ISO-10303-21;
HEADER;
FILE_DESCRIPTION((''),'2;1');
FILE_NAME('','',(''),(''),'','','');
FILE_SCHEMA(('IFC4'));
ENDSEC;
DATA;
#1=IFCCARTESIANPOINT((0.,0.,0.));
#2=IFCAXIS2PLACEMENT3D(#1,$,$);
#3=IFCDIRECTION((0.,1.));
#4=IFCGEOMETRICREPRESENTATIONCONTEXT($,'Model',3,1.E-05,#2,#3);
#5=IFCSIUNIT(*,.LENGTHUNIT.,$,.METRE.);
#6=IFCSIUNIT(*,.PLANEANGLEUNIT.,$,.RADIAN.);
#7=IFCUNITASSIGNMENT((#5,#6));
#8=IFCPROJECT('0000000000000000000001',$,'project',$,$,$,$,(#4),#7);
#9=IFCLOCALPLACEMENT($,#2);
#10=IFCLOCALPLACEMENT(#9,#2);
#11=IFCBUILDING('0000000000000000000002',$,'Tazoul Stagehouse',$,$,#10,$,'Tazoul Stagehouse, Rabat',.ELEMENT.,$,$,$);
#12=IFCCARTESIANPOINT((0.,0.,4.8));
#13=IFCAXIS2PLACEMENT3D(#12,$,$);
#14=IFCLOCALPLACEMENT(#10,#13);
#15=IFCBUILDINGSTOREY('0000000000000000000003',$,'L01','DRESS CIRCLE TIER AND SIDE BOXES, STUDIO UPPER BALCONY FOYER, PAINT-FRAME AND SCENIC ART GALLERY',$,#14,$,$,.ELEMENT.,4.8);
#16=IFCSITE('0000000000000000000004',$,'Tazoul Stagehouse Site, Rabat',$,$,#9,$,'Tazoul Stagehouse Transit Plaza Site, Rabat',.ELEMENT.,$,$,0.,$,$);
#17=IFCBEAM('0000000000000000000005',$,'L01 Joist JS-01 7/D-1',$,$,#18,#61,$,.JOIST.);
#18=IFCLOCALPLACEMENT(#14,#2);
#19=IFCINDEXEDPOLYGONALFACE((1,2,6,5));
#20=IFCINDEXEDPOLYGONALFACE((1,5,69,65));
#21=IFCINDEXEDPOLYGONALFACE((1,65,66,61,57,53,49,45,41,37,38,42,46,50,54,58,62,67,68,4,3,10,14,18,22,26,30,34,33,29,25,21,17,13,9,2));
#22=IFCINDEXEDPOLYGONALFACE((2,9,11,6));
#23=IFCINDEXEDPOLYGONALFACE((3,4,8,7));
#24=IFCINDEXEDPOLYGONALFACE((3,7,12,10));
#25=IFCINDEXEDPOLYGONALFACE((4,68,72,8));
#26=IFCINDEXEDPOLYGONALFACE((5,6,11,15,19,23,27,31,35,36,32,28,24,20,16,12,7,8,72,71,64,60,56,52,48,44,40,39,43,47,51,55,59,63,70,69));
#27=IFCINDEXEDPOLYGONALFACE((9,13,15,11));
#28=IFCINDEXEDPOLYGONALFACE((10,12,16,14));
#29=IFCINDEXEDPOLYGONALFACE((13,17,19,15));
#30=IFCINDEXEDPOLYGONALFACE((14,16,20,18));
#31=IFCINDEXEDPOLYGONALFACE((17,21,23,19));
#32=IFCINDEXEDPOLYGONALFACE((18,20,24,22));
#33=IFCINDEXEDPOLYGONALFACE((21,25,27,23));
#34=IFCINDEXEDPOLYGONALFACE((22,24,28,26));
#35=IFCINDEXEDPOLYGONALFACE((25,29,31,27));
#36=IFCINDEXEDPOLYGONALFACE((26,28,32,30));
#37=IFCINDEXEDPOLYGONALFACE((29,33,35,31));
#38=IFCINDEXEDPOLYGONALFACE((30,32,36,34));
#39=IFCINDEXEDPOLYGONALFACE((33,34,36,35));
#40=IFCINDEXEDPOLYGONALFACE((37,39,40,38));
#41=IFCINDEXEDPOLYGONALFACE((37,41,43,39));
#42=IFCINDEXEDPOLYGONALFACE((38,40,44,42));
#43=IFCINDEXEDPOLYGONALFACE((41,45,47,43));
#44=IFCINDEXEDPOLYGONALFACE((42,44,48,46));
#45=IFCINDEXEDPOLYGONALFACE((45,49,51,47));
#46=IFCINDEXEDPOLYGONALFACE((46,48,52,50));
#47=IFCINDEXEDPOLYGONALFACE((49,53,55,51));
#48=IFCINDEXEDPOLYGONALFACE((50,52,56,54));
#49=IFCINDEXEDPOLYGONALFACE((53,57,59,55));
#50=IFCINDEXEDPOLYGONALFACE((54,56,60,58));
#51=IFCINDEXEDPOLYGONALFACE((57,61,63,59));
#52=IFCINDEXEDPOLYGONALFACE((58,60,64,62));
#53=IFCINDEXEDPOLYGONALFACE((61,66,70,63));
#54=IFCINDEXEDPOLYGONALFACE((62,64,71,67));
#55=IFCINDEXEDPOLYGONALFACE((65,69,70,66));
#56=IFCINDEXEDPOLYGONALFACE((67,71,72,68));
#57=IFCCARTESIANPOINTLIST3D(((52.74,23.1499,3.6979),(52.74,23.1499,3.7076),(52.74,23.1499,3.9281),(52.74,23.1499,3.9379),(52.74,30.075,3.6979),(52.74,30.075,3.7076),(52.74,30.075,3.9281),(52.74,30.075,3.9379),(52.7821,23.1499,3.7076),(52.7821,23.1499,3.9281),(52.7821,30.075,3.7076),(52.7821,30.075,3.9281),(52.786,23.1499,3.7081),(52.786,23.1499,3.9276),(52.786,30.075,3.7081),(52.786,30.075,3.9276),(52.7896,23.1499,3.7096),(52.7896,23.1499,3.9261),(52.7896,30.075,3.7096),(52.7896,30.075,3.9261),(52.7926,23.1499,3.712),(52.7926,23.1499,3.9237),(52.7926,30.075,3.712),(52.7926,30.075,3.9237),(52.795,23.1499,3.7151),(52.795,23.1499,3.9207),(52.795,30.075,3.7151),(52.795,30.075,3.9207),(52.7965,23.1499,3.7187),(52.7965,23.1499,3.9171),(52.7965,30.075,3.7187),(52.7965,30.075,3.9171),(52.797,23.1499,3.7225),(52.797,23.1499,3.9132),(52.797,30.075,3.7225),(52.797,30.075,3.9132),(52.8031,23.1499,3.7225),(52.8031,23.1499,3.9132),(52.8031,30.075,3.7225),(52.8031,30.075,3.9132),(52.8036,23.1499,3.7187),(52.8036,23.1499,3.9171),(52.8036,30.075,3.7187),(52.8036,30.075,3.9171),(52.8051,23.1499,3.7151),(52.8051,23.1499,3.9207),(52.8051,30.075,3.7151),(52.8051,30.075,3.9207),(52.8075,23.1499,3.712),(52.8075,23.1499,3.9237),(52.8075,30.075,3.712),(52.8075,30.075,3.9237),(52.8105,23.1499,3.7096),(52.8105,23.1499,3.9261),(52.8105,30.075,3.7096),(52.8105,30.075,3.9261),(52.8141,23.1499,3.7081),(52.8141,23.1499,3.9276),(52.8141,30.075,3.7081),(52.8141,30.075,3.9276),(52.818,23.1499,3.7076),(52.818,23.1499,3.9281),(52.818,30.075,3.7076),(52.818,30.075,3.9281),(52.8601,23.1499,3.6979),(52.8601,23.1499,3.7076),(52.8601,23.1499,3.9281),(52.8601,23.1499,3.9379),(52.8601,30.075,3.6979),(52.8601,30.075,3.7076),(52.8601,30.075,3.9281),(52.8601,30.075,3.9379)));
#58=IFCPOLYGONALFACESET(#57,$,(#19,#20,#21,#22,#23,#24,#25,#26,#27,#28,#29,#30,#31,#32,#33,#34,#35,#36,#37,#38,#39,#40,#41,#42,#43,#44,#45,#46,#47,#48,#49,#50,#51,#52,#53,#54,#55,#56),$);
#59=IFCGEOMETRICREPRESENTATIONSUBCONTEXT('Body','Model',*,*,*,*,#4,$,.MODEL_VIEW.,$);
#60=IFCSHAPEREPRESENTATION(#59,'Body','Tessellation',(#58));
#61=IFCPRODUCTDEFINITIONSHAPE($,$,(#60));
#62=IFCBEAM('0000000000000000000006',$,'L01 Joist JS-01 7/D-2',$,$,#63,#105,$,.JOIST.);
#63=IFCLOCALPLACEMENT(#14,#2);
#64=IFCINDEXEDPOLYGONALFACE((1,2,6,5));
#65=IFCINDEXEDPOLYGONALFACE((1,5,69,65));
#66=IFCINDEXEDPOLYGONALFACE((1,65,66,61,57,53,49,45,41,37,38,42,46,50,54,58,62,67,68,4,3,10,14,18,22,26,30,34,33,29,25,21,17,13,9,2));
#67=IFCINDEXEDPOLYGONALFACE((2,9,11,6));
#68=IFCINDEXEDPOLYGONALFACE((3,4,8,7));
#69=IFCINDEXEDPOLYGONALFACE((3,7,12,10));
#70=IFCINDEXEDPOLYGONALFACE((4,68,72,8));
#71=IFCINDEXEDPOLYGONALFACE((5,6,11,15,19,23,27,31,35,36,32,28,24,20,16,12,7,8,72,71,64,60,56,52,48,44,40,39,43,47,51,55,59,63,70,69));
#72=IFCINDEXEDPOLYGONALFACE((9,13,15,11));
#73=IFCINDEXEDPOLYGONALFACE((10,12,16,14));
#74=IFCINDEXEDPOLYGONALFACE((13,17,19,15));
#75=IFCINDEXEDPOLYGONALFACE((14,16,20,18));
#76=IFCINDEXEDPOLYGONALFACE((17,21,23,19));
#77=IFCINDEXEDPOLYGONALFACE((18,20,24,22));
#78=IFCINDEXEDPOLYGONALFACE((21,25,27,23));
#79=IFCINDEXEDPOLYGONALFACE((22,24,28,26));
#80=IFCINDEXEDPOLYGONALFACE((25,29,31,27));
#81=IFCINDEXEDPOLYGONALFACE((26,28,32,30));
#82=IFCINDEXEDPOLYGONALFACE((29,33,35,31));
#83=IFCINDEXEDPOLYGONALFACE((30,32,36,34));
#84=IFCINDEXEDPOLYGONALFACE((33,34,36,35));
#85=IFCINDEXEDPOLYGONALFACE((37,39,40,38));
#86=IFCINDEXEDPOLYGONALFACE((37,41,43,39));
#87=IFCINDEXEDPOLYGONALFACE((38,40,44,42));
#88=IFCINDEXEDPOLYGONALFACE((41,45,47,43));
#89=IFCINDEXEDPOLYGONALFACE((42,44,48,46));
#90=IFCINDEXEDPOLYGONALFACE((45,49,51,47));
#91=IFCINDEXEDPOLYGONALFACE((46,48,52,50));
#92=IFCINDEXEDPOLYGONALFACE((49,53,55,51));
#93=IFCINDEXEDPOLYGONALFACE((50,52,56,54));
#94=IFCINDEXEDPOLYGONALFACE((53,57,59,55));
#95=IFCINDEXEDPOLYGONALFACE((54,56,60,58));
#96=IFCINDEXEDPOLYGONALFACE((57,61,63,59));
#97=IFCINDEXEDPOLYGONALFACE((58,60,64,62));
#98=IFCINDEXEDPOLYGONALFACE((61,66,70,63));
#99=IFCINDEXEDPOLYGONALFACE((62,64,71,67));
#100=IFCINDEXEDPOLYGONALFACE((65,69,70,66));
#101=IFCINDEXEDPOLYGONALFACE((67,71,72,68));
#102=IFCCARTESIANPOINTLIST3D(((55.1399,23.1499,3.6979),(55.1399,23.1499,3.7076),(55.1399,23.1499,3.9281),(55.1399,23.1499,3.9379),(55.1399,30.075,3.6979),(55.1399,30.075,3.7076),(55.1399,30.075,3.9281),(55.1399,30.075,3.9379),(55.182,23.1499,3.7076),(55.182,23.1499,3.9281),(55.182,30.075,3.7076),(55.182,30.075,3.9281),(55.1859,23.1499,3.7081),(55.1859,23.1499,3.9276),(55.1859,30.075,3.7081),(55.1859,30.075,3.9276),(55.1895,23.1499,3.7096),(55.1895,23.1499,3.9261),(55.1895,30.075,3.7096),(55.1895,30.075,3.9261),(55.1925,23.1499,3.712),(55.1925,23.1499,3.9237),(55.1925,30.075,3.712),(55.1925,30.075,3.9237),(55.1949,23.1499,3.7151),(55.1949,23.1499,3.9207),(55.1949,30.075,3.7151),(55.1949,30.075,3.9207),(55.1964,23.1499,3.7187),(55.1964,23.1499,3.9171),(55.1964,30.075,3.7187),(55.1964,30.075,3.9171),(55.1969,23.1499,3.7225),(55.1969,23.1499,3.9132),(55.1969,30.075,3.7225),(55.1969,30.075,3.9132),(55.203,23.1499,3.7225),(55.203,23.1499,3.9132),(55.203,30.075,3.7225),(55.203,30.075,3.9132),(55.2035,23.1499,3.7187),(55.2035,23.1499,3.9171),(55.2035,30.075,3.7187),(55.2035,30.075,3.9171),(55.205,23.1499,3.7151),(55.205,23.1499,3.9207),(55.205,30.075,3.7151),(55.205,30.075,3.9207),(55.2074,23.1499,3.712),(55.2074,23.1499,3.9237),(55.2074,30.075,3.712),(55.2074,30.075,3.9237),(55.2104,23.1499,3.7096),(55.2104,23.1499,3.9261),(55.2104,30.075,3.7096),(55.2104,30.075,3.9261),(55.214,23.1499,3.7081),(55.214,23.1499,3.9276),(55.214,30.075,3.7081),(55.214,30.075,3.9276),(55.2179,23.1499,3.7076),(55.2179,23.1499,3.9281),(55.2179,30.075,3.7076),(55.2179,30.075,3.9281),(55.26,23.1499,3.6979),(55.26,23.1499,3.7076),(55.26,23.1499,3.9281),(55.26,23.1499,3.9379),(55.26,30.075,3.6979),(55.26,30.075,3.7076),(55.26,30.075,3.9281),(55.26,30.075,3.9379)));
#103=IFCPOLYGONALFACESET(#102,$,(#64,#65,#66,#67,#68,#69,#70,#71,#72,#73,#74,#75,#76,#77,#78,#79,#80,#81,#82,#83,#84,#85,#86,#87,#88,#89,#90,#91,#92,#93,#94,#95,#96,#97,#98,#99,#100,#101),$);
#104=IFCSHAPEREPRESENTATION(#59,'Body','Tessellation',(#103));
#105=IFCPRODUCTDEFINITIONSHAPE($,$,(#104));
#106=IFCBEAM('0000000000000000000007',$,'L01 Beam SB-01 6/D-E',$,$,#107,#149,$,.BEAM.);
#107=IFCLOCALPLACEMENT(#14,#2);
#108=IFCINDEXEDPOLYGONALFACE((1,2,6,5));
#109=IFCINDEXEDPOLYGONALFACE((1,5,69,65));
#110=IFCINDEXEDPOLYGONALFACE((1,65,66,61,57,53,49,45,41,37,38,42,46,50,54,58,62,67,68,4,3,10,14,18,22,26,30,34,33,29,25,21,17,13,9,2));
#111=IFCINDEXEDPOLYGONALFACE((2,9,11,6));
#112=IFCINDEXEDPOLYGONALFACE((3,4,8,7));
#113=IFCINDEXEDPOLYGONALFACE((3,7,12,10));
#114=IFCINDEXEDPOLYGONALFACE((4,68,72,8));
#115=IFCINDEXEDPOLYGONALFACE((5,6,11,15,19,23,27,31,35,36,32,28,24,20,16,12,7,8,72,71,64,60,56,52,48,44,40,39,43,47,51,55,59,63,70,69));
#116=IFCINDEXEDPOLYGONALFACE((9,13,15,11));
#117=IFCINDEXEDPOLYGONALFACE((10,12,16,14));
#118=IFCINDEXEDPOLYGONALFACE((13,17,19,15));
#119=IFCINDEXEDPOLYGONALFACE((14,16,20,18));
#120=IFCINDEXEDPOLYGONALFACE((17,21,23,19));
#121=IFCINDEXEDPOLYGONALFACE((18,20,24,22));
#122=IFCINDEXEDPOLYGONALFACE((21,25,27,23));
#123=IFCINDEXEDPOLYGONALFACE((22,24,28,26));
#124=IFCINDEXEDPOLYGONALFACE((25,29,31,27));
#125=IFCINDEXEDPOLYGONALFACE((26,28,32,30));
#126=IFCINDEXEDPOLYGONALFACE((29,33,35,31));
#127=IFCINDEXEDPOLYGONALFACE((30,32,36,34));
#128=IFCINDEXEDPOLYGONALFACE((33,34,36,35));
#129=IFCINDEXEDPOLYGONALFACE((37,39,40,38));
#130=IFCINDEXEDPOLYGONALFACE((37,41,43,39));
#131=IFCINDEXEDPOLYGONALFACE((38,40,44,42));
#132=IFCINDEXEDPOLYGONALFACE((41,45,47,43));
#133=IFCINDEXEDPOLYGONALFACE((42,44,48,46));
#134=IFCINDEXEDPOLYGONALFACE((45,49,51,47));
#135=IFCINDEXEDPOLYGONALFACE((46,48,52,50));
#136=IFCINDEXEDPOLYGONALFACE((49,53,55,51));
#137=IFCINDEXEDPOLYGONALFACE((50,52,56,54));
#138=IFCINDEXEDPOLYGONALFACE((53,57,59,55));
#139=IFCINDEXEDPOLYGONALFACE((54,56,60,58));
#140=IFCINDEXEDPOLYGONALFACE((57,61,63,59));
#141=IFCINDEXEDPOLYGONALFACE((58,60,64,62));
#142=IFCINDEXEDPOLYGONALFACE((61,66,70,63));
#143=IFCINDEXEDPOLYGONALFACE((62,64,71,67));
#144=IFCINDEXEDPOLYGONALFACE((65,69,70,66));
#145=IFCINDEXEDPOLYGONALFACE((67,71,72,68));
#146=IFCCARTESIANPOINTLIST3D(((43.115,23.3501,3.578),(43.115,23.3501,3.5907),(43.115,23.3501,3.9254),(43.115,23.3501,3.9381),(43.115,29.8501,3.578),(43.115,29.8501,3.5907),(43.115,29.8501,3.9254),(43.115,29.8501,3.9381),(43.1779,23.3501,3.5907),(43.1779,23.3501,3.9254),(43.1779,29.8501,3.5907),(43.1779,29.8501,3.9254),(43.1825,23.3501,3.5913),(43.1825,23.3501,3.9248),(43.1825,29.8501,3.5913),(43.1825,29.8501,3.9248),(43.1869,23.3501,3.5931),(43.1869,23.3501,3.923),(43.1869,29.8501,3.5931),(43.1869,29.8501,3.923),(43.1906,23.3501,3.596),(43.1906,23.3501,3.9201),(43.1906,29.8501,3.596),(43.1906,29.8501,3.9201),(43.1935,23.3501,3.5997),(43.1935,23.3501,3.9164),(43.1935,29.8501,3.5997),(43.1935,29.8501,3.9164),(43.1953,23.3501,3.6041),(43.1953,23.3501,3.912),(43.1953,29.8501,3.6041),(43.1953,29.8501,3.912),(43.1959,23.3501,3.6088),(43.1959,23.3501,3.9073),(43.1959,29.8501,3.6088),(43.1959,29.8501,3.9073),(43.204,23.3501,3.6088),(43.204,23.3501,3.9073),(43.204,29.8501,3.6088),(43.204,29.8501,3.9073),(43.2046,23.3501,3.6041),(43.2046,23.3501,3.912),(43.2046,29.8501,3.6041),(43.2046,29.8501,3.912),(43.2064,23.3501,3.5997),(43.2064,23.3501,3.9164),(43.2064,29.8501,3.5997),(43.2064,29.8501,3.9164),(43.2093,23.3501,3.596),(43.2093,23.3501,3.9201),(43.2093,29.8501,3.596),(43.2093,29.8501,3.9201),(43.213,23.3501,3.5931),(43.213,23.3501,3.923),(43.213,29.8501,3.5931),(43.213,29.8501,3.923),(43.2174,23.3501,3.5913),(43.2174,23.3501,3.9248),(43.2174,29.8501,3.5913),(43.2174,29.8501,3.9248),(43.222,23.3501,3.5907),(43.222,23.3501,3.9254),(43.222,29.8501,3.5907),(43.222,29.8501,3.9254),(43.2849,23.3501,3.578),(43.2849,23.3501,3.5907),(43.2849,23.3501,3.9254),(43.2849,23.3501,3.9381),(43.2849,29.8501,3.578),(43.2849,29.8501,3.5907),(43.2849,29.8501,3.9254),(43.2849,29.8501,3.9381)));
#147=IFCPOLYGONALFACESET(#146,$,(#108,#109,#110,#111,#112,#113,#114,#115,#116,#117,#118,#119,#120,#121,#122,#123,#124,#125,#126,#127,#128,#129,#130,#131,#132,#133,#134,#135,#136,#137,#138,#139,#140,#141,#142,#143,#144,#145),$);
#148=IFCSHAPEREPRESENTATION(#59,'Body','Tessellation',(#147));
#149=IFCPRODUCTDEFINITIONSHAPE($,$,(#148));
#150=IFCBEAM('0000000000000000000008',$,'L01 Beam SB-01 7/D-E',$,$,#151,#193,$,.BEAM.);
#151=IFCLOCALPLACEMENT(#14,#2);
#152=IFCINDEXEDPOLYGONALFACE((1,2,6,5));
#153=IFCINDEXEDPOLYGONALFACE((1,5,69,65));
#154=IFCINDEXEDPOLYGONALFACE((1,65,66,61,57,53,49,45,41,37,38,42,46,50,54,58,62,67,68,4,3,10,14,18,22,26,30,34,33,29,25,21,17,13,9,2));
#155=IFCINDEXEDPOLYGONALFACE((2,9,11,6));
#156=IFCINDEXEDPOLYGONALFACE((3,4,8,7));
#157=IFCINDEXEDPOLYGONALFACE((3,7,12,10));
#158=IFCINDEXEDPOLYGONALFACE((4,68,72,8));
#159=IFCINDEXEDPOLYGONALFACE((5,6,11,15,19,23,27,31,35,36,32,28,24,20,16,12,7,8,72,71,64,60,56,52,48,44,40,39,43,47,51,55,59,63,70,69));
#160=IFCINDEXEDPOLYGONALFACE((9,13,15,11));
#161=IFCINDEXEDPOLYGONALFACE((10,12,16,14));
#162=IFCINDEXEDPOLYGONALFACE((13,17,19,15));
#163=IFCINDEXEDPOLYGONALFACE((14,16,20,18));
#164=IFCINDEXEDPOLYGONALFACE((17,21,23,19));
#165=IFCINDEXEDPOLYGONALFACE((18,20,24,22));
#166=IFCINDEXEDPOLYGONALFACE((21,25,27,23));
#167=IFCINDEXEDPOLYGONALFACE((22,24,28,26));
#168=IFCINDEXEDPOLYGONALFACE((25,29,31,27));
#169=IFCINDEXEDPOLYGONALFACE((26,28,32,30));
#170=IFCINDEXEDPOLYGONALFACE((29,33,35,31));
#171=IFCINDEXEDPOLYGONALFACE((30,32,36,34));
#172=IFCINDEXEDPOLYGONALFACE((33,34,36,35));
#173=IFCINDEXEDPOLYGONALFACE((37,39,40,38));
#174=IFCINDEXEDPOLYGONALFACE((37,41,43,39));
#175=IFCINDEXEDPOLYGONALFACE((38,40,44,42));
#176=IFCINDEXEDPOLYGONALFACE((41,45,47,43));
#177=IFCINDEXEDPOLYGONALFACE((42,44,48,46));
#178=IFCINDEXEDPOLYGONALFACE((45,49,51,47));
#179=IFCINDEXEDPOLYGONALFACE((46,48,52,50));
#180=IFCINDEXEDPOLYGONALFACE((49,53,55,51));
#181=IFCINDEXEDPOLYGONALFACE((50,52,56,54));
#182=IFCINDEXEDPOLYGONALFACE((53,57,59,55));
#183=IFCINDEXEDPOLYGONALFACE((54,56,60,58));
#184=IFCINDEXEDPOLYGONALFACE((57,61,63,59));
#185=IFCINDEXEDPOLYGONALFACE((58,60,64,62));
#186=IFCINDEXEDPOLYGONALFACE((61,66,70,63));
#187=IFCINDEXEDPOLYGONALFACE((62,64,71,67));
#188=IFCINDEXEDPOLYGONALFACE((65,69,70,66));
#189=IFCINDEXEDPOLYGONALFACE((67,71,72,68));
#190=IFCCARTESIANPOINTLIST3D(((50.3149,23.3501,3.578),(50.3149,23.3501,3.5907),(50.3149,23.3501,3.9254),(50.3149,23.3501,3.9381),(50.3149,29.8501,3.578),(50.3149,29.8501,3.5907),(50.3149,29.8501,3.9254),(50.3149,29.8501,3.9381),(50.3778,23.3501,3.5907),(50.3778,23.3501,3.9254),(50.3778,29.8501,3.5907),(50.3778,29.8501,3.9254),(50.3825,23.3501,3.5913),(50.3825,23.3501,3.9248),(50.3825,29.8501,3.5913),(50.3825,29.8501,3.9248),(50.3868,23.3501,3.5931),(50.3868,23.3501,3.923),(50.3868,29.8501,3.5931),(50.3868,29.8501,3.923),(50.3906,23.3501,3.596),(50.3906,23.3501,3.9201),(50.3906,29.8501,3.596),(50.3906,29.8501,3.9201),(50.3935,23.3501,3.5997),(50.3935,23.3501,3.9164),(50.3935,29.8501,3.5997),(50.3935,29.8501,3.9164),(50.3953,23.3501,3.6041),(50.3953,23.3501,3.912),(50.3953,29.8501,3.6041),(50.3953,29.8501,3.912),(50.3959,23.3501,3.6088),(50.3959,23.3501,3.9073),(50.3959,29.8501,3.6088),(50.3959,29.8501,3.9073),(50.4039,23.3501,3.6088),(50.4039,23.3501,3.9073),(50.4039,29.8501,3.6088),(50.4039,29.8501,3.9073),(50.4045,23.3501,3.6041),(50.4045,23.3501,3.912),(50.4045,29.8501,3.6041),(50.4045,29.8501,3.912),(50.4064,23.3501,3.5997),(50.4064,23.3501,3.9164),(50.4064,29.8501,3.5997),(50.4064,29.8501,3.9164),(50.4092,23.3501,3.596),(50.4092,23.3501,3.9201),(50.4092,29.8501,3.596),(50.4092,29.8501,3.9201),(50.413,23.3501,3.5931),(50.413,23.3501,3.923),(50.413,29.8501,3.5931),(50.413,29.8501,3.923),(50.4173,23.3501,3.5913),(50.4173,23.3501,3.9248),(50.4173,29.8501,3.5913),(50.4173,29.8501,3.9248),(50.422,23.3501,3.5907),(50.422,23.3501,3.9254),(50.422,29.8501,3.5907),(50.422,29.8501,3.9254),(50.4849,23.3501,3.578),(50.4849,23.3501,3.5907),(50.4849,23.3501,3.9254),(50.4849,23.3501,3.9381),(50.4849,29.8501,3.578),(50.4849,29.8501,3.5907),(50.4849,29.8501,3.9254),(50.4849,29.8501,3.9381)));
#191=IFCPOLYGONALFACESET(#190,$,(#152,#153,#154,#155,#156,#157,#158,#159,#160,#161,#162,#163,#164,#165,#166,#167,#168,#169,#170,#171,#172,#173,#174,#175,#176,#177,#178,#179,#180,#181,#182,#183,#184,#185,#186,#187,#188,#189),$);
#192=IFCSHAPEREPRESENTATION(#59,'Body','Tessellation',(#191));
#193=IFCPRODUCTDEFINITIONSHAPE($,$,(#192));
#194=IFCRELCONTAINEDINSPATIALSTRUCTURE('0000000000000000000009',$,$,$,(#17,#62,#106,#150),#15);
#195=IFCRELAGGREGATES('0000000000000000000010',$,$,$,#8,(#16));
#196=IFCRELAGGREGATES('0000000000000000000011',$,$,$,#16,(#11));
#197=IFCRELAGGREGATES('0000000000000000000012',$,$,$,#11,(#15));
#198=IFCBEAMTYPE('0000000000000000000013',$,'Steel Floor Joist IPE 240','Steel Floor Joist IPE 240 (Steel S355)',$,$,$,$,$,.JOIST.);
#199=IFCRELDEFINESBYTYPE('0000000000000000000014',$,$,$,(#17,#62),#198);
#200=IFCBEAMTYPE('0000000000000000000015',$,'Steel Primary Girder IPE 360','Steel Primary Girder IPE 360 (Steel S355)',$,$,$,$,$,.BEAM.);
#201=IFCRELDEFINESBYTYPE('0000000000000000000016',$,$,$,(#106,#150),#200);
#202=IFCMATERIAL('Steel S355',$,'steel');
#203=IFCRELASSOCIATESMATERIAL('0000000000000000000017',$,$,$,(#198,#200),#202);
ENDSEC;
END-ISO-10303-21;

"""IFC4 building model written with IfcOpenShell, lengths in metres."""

from ifc_helpers import new_model, si_unit, direction, frame, origin, origin_2d, place, context, subcontext, project, spatial, i_section, extrude, material, material_profile, profile_set, type_object, element, save


model = new_model("IFC4")

# Units and contexts
model_context = context("Model", 3, precision=1e-05, world=origin(), true_north=direction((0.0, 1.0)))
body_context = subcontext(model_context, "Body", "Model", "MODEL_VIEW")
ifc_project = project(units=[si_unit("LENGTHUNIT", "METRE"), si_unit("PLANEANGLEUNIT", "RADIAN")], contexts=[model_context])

# Site, building, storey
site_placement = place(None, origin())
building_placement = place(site_placement, origin())
storey_placement = place(building_placement, frame((0.0, 0.0, 4.8)))
site = spatial("IfcSite", under=ifc_project, at=site_placement, Name="Tazoul Stagehouse Site, Rabat", LongName="Tazoul Stagehouse Transit Plaza Site, Rabat", CompositionType="ELEMENT", RefElevation=0.0)
building = spatial("IfcBuilding", under=site, at=building_placement, Name="Tazoul Stagehouse", LongName="Tazoul Stagehouse, Rabat", CompositionType="ELEMENT")
storey = spatial("IfcBuildingStorey", under=building, at=storey_placement, Name="L01", Description="DRESS CIRCLE TIER AND SIDE BOXES, STUDIO UPPER BALCONY FOYER, PAINT-FRAME AND SCENIC ART GALLERY", CompositionType="ELEMENT", Elevation=4.8)

# Beams
ifc_material_1 = material(Name="Steel S355", Category="steel")
ifc_material_profile_1 = material_profile(ifc_material_1, i_section(OverallWidth=0.1201, OverallDepth=0.24, WebThickness=0.0061, FlangeThickness=0.0098, FilletRadius=0.0149, at=origin_2d()), Name="IPE 240")
ifc_profile_set_1 = profile_set([ifc_material_profile_1], Name="Steel S355")
beam_type_1 = type_object("IfcBeamType", Name="Steel Floor Joist IPE 240", Description="Steel Floor Joist IPE 240 (Steel S355)", PredefinedType="JOIST", material=ifc_profile_set_1)
for number, where, z_axis, x_axis, name in (
    (1, (52.8, 23.1499, 3.8179), (0.0, 1.0, 0.0), (-1.0, 0.0, 0.0), "L01 Joist JS-01 7/D-1"),
    (2, (55.2, 23.1499, 3.8179), (0.0, 1.0, 0.0), (-1.0, 0.0, 0.0), "L01 Joist JS-01 7/D-2"),
):
    element("IfcBeam", number, at=place(storey_placement, frame(where, z_axis=z_axis, x_axis=x_axis)), inside=storey, type_object=beam_type_1, Name=name, PredefinedType="JOIST", context=body_context, shape_type="SweptSolid", body=[
        extrude(i_section(OverallWidth=0.1201, OverallDepth=0.24, WebThickness=0.0061, FlangeThickness=0.0098, FilletRadius=0.0149, at=origin_2d()), origin(), (0.0, 0.0, 1.0), 6.925),
    ])
ifc_material_profile_2 = material_profile(ifc_material_1, i_section(OverallWidth=0.1699, OverallDepth=0.3601, WebThickness=0.0081, FlangeThickness=0.0127, FilletRadius=0.0181, at=origin_2d()), Name="IPE 360")
ifc_profile_set_2 = profile_set([ifc_material_profile_2], Name="Steel S355")
beam_type_2 = type_object("IfcBeamType", Name="Steel Primary Girder IPE 360", Description="Steel Primary Girder IPE 360 (Steel S355)", PredefinedType="BEAM", material=ifc_profile_set_2)
for number, where, z_axis, x_axis, name in (
    (3, (43.2, 23.3501, 3.7581), (0.0, 1.0, 0.0), (-1.0, 0.0, 0.0), "L01 Beam SB-01 6/D-E"),
    (4, (50.3999, 23.3501, 3.7581), (0.0, 1.0, 0.0), (-1.0, 0.0, 0.0), "L01 Beam SB-01 7/D-E"),
):
    element("IfcBeam", number, at=place(storey_placement, frame(where, z_axis=z_axis, x_axis=x_axis)), inside=storey, type_object=beam_type_2, Name=name, PredefinedType="BEAM", context=body_context, shape_type="SweptSolid", body=[
        extrude(i_section(OverallWidth=0.1699, OverallDepth=0.3601, WebThickness=0.0081, FlangeThickness=0.0127, FilletRadius=0.0181, at=origin_2d()), origin(), (0.0, 0.0, 1.0), 6.5),
    ])

save(model, "model.ifc")
